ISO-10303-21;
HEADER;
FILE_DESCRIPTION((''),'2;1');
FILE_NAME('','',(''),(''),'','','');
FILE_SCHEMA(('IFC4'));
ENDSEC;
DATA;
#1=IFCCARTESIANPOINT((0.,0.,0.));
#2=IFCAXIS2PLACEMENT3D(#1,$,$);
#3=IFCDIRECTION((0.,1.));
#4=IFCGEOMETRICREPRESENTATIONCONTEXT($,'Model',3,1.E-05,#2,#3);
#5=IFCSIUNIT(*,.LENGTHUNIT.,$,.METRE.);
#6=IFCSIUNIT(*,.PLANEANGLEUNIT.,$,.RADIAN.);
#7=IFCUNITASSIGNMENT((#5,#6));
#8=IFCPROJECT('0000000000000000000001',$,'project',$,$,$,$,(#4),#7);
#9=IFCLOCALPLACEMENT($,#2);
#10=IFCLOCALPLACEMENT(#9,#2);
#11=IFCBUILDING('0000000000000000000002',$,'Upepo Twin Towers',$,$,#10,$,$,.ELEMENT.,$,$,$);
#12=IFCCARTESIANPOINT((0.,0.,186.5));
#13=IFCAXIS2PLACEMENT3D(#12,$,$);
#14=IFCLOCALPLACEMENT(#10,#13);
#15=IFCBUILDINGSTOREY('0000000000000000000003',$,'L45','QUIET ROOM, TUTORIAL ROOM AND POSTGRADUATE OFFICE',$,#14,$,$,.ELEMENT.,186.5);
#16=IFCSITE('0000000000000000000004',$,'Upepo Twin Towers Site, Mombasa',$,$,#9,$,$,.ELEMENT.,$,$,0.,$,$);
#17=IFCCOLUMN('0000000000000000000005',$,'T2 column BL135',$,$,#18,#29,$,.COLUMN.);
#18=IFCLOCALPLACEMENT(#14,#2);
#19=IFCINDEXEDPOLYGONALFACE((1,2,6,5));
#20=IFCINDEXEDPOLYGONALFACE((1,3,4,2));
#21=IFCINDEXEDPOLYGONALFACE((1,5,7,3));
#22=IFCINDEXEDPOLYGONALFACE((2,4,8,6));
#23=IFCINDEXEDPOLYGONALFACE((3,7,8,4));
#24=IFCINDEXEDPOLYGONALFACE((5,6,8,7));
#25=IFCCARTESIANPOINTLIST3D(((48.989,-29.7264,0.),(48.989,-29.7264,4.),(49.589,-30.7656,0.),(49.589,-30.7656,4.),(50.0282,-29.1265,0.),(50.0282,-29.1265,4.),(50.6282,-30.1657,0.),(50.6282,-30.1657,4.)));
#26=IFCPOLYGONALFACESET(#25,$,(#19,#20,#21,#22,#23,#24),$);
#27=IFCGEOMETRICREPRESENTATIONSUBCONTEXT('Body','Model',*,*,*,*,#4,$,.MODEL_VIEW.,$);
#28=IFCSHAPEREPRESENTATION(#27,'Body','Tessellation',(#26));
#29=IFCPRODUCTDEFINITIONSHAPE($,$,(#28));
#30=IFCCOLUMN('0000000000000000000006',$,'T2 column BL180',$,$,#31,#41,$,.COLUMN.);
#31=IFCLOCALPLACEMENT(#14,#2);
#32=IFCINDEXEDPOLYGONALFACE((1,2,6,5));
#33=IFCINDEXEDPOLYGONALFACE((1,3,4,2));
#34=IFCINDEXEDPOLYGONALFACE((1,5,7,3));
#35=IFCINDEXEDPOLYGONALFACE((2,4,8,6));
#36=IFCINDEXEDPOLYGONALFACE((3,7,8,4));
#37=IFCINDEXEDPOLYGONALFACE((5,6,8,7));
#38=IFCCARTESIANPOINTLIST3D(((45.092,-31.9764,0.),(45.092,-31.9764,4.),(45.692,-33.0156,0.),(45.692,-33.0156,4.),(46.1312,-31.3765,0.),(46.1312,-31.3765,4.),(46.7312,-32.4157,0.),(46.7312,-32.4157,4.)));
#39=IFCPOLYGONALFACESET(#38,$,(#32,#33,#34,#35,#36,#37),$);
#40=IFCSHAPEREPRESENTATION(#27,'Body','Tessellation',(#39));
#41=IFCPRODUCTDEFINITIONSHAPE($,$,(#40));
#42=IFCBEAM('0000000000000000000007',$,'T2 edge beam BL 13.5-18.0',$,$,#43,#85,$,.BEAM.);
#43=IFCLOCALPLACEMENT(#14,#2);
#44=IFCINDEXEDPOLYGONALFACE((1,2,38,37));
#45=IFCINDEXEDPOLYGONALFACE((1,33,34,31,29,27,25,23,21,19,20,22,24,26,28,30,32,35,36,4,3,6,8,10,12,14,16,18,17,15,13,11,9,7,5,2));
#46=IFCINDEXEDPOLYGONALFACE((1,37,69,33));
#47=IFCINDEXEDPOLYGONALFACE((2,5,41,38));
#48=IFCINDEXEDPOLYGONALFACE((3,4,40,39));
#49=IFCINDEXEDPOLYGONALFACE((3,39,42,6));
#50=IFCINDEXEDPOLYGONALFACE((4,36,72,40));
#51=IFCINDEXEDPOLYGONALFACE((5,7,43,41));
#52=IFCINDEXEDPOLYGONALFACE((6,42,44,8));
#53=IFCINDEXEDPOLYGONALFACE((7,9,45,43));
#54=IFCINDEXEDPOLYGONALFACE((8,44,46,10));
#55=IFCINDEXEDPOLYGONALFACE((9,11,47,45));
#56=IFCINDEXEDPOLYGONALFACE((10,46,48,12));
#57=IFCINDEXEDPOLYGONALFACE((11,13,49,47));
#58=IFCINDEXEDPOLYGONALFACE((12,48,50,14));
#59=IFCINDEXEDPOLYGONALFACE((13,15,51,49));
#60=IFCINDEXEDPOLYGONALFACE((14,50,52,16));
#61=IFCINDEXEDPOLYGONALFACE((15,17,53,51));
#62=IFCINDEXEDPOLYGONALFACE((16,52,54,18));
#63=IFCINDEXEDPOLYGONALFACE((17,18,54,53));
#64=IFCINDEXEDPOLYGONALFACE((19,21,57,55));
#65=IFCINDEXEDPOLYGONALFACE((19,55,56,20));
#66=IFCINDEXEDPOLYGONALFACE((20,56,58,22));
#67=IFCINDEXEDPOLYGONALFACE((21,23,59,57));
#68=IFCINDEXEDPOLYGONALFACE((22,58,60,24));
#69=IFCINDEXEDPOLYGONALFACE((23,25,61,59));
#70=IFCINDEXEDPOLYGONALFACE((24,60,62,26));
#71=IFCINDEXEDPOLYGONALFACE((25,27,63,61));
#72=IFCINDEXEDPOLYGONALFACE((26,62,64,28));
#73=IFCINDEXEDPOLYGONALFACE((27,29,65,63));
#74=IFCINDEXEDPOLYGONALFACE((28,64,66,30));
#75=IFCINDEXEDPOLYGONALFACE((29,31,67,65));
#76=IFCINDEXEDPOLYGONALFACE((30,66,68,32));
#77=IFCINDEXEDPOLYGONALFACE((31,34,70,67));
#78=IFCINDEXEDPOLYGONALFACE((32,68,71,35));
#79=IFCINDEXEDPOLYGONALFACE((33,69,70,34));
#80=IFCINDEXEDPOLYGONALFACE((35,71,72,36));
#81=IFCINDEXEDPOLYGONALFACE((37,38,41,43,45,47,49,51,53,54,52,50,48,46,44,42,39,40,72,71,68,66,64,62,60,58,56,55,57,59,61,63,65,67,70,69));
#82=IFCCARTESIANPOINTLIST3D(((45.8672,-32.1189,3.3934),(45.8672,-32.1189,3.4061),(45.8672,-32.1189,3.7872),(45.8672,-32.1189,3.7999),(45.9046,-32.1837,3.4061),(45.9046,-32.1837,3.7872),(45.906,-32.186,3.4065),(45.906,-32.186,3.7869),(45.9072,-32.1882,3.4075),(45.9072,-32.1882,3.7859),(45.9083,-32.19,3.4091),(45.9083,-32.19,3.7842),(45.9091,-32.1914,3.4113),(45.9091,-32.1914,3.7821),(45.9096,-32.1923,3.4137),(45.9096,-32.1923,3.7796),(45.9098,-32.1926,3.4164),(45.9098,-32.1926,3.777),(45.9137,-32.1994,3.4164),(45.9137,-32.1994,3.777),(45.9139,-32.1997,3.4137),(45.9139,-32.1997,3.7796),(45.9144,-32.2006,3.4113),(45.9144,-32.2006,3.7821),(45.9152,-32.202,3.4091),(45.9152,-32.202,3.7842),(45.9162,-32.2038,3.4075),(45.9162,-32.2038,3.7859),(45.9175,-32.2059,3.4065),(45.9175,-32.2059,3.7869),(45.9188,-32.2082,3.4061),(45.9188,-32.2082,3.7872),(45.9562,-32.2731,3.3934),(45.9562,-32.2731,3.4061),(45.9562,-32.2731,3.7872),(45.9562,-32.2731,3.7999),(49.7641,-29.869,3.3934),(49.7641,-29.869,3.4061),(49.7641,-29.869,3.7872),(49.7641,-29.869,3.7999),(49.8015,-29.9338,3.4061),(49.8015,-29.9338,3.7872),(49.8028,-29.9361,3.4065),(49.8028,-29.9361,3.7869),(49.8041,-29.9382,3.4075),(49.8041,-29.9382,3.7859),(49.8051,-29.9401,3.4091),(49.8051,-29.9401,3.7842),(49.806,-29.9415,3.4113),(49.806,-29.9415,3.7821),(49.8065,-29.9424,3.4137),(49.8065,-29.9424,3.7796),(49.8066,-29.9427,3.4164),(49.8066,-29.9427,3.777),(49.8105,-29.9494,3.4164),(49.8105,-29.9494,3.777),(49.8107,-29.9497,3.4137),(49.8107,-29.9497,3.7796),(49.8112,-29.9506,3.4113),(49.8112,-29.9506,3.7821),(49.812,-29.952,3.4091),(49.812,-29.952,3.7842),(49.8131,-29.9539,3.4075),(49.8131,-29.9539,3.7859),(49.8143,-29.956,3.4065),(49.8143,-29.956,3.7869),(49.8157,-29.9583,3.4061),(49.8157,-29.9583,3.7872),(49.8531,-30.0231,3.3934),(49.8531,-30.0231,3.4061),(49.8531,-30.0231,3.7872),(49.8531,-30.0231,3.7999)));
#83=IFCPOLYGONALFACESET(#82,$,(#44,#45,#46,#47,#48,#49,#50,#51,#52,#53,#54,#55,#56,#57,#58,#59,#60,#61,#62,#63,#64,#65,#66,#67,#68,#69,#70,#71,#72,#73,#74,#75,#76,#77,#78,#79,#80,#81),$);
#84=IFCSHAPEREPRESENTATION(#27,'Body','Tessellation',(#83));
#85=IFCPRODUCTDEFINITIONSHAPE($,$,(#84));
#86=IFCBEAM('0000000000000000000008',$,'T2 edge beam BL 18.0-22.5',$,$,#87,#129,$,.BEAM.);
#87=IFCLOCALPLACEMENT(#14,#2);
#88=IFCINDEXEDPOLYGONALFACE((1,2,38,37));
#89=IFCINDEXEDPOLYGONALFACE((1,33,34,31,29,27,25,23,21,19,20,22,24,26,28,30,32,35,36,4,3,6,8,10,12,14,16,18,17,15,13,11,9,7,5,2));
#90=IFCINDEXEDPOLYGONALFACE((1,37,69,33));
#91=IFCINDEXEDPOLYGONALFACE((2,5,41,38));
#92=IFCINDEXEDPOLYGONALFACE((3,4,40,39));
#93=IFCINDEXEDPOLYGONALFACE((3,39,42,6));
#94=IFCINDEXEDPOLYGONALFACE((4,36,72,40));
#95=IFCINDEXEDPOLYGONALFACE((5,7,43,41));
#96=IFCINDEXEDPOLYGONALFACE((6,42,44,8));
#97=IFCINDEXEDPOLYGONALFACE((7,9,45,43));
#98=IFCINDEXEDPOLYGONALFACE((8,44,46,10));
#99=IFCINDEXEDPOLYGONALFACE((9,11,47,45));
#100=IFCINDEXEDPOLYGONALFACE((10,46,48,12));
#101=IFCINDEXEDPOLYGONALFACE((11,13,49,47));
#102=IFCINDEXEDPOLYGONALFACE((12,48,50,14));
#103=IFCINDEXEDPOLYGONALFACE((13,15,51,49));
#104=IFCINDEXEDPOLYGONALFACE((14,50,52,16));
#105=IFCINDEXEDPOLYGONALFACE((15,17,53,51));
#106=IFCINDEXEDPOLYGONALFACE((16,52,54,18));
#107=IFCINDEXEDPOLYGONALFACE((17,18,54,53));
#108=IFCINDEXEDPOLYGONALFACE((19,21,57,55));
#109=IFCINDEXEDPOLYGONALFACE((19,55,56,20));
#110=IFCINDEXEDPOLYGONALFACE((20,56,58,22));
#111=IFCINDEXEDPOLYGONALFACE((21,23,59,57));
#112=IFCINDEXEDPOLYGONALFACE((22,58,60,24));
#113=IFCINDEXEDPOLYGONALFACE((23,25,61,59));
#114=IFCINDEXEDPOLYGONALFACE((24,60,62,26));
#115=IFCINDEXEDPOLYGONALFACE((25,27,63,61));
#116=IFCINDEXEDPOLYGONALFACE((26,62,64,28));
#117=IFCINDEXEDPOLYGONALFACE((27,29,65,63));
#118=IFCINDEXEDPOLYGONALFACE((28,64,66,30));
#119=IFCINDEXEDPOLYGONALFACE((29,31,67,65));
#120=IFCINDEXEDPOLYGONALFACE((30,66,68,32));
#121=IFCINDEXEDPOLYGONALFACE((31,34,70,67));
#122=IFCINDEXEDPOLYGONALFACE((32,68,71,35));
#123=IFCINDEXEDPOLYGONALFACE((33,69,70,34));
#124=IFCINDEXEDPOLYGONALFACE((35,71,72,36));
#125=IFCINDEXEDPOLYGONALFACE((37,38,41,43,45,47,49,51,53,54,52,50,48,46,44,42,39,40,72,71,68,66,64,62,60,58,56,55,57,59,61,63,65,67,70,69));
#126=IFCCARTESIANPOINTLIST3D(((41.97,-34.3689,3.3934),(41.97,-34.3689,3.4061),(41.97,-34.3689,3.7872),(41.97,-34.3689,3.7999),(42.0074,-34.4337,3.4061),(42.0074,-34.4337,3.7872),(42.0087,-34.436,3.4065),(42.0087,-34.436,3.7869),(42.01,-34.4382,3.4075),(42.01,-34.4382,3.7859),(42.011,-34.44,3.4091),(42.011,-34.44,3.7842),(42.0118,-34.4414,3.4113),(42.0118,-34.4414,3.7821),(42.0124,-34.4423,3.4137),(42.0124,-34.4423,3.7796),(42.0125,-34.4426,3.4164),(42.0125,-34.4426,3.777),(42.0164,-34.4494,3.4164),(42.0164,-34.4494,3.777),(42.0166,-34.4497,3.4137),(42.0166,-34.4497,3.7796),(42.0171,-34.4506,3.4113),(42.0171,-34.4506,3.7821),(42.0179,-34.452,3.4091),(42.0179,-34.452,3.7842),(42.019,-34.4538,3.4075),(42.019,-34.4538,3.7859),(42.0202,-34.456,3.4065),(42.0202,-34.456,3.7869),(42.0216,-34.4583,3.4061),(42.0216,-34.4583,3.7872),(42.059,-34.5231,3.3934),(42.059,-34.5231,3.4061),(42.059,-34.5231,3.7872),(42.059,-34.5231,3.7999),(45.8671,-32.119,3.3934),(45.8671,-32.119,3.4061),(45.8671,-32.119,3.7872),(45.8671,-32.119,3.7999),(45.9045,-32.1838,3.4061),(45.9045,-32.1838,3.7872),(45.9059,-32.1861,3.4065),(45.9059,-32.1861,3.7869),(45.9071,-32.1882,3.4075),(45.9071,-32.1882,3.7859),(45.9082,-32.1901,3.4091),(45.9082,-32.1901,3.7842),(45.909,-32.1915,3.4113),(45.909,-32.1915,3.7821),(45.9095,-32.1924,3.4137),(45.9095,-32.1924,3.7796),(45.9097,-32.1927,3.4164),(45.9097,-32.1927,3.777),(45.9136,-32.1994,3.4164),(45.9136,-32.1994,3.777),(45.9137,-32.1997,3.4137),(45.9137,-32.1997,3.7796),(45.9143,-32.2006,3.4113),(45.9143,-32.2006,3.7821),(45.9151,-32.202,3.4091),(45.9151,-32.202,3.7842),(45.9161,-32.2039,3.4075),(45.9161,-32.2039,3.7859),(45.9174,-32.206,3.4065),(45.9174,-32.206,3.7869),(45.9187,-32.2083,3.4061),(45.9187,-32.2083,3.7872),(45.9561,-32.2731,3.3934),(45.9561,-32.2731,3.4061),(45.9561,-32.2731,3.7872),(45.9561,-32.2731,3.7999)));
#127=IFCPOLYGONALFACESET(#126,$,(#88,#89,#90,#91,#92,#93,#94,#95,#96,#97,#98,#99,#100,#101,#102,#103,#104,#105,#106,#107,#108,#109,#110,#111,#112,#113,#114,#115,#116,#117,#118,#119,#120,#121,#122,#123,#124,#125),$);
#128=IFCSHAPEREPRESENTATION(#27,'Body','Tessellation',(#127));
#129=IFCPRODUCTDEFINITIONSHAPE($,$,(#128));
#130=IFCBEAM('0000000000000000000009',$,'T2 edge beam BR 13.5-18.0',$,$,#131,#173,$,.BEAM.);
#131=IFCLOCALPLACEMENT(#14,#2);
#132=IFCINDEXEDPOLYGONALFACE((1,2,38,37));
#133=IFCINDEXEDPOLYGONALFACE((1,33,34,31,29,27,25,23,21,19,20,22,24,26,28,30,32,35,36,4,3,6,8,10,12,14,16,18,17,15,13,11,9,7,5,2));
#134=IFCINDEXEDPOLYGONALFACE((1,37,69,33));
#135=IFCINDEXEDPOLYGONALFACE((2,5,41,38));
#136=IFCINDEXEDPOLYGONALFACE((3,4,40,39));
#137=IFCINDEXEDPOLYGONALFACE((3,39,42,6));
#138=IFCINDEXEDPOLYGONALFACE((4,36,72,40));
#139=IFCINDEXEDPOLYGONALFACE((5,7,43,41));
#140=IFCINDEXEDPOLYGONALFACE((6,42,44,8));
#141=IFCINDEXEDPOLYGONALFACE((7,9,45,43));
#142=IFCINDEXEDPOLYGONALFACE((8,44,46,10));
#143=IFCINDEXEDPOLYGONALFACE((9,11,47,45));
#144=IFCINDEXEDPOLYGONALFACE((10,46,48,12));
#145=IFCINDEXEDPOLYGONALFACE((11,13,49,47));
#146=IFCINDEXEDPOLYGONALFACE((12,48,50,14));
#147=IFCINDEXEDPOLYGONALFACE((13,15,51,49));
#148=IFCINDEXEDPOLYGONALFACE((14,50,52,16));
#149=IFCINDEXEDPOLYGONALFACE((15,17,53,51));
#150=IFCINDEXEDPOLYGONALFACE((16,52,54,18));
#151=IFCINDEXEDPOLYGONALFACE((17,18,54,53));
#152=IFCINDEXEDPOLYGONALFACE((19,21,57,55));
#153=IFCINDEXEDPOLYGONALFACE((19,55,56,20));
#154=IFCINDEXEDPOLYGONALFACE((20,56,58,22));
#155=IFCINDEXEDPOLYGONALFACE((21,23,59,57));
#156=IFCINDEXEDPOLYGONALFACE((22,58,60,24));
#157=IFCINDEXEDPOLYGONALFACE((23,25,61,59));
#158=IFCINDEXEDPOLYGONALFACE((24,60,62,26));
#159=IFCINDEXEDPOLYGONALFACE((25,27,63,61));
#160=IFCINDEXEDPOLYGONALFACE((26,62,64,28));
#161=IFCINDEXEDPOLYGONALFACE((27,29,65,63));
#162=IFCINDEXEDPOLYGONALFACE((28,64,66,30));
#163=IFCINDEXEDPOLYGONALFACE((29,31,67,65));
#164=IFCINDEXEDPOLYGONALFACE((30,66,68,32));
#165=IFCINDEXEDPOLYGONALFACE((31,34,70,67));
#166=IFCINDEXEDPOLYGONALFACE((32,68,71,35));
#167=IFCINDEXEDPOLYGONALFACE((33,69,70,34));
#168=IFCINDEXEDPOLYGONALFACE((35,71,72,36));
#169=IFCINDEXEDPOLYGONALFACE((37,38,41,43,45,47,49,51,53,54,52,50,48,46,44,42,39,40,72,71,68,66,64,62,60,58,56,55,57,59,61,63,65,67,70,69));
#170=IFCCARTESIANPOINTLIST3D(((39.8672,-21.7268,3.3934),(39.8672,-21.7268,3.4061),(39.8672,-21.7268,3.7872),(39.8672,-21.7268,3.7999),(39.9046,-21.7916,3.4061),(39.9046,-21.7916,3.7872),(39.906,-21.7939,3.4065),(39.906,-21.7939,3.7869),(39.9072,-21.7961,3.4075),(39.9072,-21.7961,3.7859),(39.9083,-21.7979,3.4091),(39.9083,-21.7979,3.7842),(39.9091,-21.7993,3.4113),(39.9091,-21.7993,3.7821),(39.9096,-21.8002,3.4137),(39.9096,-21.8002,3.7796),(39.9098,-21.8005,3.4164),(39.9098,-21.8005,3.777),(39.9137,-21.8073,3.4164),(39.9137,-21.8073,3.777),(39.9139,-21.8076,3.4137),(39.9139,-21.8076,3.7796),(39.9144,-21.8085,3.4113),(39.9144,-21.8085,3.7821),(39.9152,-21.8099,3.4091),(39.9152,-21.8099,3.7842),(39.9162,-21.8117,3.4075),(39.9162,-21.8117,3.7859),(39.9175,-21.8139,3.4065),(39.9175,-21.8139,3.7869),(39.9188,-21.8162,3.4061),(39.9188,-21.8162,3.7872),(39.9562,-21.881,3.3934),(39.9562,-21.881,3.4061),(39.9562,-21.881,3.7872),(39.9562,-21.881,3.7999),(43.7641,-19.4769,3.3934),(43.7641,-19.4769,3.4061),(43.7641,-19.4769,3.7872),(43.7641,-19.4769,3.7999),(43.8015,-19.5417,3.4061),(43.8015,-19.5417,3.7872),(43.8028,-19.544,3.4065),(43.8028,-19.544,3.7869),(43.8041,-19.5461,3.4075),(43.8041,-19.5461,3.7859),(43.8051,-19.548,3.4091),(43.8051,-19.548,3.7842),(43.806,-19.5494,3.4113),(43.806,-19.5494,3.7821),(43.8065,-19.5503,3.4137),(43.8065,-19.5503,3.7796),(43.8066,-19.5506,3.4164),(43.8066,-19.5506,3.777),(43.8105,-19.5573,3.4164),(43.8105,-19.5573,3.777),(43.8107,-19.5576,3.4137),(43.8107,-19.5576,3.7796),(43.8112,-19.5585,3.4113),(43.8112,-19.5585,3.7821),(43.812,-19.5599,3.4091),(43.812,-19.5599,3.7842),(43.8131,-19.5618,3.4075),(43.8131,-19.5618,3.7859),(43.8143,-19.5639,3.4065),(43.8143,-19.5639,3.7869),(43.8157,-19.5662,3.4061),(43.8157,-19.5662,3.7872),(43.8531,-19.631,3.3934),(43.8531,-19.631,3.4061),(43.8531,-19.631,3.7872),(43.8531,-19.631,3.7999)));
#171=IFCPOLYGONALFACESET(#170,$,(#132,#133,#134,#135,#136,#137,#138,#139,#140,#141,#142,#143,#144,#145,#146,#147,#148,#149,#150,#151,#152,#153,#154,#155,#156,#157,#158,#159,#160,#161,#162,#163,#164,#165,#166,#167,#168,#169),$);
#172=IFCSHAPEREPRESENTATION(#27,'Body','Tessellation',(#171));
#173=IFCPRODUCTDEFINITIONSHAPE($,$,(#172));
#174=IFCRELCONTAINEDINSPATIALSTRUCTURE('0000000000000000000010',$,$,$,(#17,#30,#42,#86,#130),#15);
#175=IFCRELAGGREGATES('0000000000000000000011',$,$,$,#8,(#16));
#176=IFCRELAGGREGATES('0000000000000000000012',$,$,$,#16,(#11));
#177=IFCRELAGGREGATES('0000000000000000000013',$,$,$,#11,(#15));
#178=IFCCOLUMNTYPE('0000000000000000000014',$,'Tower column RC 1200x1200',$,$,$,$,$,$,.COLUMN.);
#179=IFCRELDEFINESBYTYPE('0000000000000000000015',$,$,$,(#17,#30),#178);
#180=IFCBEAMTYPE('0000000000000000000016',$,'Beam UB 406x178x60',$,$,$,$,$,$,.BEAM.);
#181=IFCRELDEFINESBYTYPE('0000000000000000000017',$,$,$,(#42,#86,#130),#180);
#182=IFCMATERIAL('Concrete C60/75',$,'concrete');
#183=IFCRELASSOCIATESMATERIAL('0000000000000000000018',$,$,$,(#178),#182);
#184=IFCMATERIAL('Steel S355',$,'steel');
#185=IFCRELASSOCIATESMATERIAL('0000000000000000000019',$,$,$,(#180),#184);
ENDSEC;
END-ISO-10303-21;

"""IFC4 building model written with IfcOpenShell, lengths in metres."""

from ifc_helpers import new_model, si_unit, direction, frame, origin, origin_2d, place, context, subcontext, project, spatial, rectangle, i_section, extrude, material, material_profile, profile_set, type_object, element, save


model = new_model("IFC4")

# Units and contexts
model_context = context("Model", 3, precision=1e-05, world=origin(), true_north=direction((0.0, 1.0)))
body_context = subcontext(model_context, "Body", "Model", "MODEL_VIEW")
ifc_project = project(units=[si_unit("LENGTHUNIT", "METRE"), si_unit("PLANEANGLEUNIT", "RADIAN")], contexts=[model_context])

# Site, building, storey
site_placement = place(None, origin())
site = spatial("IfcSite", under=ifc_project, at=site_placement, Name="Upepo Twin Towers Site, Mombasa", CompositionType="ELEMENT", RefElevation=0.0)
building_placement = place(site_placement, origin())
building = spatial("IfcBuilding", under=site, at=building_placement, Name="Upepo Twin Towers", CompositionType="ELEMENT")
storey_placement = place(building_placement, frame((0.0, 0.0, 186.5)))
storey = spatial("IfcBuildingStorey", under=building, at=storey_placement, Name="L45", Description="QUIET ROOM, TUTORIAL ROOM AND POSTGRADUATE OFFICE", CompositionType="ELEMENT", Elevation=186.5)

# Columns
ifc_material_1 = material(Name="Concrete C60/75", Category="concrete")
ifc_material_profile_1 = material_profile(ifc_material_1, rectangle(XDim=1.2, YDim=1.2, at=origin_2d()), Name="RC 1200x1200")
ifc_profile_set_1 = profile_set([ifc_material_profile_1], Name="Concrete C60/75")
column_type = type_object("IfcColumnType", Name="Tower column RC 1200x1200", PredefinedType="COLUMN", material=ifc_profile_set_1)
for number, where, z_axis, x_axis, name in (
    (1, (49.8086, -29.946, 0.0), (0.0, 0.0, 1.0), (0.866025, 0.5, 0.0), "T2 column BL135"),
    (2, (45.9116, -32.196, 0.0), (0.0, 0.0, 1.0), (0.866025, 0.5, 0.0), "T2 column BL180"),
):
    element("IfcColumn", number, at=place(storey_placement, frame(where, z_axis=z_axis, x_axis=x_axis)), inside=storey, type_object=column_type, Name=name, PredefinedType="COLUMN", context=body_context, shape_type="SweptSolid", body=[
        extrude(rectangle(XDim=1.2, YDim=1.2, at=origin_2d()), origin(), (0.0, 0.0, 1.0), 4.0),
    ])

# Beams
ifc_material_2 = material(Name="Steel S355", Category="steel")
ifc_material_profile_2 = material_profile(ifc_material_2, i_section(OverallWidth=0.178, OverallDepth=0.4065, WebThickness=0.0078, FlangeThickness=0.0127, FilletRadius=0.0103, at=origin_2d()), Name="UB 406x178x60")
ifc_profile_set_2 = profile_set([ifc_material_profile_2], Name="Steel S355")
beam_type_1 = type_object("IfcBeamType", Name="Beam UB 406x178x60", PredefinedType="BEAM", material=ifc_profile_set_2)
beam_1_placement = place(storey_placement, frame((49.8086, -29.946, 3.5967), z_axis=(-0.866018, -0.500014, 0.0), x_axis=(0.500014, -0.866018, 0.0)))
element("IfcBeam", 3, at=beam_1_placement, inside=storey, type_object=beam_type_1, Name="T2 edge beam BL 13.5-18.0", PredefinedType="BEAM", context=body_context, shape_type="SweptSolid", body=[
    extrude(i_section(OverallWidth=0.178, OverallDepth=0.4065, WebThickness=0.0078, FlangeThickness=0.0127, FilletRadius=0.0103, at=origin_2d()), origin(), (0.0, 0.0, 1.0), 4.4998),
])
beam_2_placement = place(storey_placement, frame((45.9116, -32.196, 3.5967), z_axis=(-0.866031, -0.49999, 0.0), x_axis=(0.49999, -0.866031, 0.0)))
element("IfcBeam", 4, at=beam_2_placement, inside=storey, type_object=beam_type_1, Name="T2 edge beam BL 18.0-22.5", PredefinedType="BEAM", context=body_context, shape_type="SweptSolid", body=[
    extrude(i_section(OverallWidth=0.178, OverallDepth=0.4065, WebThickness=0.0078, FlangeThickness=0.0127, FilletRadius=0.0103, at=origin_2d()), origin(), (0.0, 0.0, 1.0), 4.5),
])
beam_3_placement = place(storey_placement, frame((43.8086, -19.554, 3.5967), z_axis=(-0.866018, -0.500014, 0.0), x_axis=(0.500014, -0.866018, 0.0)))
element("IfcBeam", 5, at=beam_3_placement, inside=storey, type_object=beam_type_1, Name="T2 edge beam BR 13.5-18.0", PredefinedType="BEAM", context=body_context, shape_type="SweptSolid", body=[
    extrude(i_section(OverallWidth=0.178, OverallDepth=0.4065, WebThickness=0.0078, FlangeThickness=0.0127, FilletRadius=0.0103, at=origin_2d()), origin(), (0.0, 0.0, 1.0), 4.4998),
])

save(model, "model.ifc")
